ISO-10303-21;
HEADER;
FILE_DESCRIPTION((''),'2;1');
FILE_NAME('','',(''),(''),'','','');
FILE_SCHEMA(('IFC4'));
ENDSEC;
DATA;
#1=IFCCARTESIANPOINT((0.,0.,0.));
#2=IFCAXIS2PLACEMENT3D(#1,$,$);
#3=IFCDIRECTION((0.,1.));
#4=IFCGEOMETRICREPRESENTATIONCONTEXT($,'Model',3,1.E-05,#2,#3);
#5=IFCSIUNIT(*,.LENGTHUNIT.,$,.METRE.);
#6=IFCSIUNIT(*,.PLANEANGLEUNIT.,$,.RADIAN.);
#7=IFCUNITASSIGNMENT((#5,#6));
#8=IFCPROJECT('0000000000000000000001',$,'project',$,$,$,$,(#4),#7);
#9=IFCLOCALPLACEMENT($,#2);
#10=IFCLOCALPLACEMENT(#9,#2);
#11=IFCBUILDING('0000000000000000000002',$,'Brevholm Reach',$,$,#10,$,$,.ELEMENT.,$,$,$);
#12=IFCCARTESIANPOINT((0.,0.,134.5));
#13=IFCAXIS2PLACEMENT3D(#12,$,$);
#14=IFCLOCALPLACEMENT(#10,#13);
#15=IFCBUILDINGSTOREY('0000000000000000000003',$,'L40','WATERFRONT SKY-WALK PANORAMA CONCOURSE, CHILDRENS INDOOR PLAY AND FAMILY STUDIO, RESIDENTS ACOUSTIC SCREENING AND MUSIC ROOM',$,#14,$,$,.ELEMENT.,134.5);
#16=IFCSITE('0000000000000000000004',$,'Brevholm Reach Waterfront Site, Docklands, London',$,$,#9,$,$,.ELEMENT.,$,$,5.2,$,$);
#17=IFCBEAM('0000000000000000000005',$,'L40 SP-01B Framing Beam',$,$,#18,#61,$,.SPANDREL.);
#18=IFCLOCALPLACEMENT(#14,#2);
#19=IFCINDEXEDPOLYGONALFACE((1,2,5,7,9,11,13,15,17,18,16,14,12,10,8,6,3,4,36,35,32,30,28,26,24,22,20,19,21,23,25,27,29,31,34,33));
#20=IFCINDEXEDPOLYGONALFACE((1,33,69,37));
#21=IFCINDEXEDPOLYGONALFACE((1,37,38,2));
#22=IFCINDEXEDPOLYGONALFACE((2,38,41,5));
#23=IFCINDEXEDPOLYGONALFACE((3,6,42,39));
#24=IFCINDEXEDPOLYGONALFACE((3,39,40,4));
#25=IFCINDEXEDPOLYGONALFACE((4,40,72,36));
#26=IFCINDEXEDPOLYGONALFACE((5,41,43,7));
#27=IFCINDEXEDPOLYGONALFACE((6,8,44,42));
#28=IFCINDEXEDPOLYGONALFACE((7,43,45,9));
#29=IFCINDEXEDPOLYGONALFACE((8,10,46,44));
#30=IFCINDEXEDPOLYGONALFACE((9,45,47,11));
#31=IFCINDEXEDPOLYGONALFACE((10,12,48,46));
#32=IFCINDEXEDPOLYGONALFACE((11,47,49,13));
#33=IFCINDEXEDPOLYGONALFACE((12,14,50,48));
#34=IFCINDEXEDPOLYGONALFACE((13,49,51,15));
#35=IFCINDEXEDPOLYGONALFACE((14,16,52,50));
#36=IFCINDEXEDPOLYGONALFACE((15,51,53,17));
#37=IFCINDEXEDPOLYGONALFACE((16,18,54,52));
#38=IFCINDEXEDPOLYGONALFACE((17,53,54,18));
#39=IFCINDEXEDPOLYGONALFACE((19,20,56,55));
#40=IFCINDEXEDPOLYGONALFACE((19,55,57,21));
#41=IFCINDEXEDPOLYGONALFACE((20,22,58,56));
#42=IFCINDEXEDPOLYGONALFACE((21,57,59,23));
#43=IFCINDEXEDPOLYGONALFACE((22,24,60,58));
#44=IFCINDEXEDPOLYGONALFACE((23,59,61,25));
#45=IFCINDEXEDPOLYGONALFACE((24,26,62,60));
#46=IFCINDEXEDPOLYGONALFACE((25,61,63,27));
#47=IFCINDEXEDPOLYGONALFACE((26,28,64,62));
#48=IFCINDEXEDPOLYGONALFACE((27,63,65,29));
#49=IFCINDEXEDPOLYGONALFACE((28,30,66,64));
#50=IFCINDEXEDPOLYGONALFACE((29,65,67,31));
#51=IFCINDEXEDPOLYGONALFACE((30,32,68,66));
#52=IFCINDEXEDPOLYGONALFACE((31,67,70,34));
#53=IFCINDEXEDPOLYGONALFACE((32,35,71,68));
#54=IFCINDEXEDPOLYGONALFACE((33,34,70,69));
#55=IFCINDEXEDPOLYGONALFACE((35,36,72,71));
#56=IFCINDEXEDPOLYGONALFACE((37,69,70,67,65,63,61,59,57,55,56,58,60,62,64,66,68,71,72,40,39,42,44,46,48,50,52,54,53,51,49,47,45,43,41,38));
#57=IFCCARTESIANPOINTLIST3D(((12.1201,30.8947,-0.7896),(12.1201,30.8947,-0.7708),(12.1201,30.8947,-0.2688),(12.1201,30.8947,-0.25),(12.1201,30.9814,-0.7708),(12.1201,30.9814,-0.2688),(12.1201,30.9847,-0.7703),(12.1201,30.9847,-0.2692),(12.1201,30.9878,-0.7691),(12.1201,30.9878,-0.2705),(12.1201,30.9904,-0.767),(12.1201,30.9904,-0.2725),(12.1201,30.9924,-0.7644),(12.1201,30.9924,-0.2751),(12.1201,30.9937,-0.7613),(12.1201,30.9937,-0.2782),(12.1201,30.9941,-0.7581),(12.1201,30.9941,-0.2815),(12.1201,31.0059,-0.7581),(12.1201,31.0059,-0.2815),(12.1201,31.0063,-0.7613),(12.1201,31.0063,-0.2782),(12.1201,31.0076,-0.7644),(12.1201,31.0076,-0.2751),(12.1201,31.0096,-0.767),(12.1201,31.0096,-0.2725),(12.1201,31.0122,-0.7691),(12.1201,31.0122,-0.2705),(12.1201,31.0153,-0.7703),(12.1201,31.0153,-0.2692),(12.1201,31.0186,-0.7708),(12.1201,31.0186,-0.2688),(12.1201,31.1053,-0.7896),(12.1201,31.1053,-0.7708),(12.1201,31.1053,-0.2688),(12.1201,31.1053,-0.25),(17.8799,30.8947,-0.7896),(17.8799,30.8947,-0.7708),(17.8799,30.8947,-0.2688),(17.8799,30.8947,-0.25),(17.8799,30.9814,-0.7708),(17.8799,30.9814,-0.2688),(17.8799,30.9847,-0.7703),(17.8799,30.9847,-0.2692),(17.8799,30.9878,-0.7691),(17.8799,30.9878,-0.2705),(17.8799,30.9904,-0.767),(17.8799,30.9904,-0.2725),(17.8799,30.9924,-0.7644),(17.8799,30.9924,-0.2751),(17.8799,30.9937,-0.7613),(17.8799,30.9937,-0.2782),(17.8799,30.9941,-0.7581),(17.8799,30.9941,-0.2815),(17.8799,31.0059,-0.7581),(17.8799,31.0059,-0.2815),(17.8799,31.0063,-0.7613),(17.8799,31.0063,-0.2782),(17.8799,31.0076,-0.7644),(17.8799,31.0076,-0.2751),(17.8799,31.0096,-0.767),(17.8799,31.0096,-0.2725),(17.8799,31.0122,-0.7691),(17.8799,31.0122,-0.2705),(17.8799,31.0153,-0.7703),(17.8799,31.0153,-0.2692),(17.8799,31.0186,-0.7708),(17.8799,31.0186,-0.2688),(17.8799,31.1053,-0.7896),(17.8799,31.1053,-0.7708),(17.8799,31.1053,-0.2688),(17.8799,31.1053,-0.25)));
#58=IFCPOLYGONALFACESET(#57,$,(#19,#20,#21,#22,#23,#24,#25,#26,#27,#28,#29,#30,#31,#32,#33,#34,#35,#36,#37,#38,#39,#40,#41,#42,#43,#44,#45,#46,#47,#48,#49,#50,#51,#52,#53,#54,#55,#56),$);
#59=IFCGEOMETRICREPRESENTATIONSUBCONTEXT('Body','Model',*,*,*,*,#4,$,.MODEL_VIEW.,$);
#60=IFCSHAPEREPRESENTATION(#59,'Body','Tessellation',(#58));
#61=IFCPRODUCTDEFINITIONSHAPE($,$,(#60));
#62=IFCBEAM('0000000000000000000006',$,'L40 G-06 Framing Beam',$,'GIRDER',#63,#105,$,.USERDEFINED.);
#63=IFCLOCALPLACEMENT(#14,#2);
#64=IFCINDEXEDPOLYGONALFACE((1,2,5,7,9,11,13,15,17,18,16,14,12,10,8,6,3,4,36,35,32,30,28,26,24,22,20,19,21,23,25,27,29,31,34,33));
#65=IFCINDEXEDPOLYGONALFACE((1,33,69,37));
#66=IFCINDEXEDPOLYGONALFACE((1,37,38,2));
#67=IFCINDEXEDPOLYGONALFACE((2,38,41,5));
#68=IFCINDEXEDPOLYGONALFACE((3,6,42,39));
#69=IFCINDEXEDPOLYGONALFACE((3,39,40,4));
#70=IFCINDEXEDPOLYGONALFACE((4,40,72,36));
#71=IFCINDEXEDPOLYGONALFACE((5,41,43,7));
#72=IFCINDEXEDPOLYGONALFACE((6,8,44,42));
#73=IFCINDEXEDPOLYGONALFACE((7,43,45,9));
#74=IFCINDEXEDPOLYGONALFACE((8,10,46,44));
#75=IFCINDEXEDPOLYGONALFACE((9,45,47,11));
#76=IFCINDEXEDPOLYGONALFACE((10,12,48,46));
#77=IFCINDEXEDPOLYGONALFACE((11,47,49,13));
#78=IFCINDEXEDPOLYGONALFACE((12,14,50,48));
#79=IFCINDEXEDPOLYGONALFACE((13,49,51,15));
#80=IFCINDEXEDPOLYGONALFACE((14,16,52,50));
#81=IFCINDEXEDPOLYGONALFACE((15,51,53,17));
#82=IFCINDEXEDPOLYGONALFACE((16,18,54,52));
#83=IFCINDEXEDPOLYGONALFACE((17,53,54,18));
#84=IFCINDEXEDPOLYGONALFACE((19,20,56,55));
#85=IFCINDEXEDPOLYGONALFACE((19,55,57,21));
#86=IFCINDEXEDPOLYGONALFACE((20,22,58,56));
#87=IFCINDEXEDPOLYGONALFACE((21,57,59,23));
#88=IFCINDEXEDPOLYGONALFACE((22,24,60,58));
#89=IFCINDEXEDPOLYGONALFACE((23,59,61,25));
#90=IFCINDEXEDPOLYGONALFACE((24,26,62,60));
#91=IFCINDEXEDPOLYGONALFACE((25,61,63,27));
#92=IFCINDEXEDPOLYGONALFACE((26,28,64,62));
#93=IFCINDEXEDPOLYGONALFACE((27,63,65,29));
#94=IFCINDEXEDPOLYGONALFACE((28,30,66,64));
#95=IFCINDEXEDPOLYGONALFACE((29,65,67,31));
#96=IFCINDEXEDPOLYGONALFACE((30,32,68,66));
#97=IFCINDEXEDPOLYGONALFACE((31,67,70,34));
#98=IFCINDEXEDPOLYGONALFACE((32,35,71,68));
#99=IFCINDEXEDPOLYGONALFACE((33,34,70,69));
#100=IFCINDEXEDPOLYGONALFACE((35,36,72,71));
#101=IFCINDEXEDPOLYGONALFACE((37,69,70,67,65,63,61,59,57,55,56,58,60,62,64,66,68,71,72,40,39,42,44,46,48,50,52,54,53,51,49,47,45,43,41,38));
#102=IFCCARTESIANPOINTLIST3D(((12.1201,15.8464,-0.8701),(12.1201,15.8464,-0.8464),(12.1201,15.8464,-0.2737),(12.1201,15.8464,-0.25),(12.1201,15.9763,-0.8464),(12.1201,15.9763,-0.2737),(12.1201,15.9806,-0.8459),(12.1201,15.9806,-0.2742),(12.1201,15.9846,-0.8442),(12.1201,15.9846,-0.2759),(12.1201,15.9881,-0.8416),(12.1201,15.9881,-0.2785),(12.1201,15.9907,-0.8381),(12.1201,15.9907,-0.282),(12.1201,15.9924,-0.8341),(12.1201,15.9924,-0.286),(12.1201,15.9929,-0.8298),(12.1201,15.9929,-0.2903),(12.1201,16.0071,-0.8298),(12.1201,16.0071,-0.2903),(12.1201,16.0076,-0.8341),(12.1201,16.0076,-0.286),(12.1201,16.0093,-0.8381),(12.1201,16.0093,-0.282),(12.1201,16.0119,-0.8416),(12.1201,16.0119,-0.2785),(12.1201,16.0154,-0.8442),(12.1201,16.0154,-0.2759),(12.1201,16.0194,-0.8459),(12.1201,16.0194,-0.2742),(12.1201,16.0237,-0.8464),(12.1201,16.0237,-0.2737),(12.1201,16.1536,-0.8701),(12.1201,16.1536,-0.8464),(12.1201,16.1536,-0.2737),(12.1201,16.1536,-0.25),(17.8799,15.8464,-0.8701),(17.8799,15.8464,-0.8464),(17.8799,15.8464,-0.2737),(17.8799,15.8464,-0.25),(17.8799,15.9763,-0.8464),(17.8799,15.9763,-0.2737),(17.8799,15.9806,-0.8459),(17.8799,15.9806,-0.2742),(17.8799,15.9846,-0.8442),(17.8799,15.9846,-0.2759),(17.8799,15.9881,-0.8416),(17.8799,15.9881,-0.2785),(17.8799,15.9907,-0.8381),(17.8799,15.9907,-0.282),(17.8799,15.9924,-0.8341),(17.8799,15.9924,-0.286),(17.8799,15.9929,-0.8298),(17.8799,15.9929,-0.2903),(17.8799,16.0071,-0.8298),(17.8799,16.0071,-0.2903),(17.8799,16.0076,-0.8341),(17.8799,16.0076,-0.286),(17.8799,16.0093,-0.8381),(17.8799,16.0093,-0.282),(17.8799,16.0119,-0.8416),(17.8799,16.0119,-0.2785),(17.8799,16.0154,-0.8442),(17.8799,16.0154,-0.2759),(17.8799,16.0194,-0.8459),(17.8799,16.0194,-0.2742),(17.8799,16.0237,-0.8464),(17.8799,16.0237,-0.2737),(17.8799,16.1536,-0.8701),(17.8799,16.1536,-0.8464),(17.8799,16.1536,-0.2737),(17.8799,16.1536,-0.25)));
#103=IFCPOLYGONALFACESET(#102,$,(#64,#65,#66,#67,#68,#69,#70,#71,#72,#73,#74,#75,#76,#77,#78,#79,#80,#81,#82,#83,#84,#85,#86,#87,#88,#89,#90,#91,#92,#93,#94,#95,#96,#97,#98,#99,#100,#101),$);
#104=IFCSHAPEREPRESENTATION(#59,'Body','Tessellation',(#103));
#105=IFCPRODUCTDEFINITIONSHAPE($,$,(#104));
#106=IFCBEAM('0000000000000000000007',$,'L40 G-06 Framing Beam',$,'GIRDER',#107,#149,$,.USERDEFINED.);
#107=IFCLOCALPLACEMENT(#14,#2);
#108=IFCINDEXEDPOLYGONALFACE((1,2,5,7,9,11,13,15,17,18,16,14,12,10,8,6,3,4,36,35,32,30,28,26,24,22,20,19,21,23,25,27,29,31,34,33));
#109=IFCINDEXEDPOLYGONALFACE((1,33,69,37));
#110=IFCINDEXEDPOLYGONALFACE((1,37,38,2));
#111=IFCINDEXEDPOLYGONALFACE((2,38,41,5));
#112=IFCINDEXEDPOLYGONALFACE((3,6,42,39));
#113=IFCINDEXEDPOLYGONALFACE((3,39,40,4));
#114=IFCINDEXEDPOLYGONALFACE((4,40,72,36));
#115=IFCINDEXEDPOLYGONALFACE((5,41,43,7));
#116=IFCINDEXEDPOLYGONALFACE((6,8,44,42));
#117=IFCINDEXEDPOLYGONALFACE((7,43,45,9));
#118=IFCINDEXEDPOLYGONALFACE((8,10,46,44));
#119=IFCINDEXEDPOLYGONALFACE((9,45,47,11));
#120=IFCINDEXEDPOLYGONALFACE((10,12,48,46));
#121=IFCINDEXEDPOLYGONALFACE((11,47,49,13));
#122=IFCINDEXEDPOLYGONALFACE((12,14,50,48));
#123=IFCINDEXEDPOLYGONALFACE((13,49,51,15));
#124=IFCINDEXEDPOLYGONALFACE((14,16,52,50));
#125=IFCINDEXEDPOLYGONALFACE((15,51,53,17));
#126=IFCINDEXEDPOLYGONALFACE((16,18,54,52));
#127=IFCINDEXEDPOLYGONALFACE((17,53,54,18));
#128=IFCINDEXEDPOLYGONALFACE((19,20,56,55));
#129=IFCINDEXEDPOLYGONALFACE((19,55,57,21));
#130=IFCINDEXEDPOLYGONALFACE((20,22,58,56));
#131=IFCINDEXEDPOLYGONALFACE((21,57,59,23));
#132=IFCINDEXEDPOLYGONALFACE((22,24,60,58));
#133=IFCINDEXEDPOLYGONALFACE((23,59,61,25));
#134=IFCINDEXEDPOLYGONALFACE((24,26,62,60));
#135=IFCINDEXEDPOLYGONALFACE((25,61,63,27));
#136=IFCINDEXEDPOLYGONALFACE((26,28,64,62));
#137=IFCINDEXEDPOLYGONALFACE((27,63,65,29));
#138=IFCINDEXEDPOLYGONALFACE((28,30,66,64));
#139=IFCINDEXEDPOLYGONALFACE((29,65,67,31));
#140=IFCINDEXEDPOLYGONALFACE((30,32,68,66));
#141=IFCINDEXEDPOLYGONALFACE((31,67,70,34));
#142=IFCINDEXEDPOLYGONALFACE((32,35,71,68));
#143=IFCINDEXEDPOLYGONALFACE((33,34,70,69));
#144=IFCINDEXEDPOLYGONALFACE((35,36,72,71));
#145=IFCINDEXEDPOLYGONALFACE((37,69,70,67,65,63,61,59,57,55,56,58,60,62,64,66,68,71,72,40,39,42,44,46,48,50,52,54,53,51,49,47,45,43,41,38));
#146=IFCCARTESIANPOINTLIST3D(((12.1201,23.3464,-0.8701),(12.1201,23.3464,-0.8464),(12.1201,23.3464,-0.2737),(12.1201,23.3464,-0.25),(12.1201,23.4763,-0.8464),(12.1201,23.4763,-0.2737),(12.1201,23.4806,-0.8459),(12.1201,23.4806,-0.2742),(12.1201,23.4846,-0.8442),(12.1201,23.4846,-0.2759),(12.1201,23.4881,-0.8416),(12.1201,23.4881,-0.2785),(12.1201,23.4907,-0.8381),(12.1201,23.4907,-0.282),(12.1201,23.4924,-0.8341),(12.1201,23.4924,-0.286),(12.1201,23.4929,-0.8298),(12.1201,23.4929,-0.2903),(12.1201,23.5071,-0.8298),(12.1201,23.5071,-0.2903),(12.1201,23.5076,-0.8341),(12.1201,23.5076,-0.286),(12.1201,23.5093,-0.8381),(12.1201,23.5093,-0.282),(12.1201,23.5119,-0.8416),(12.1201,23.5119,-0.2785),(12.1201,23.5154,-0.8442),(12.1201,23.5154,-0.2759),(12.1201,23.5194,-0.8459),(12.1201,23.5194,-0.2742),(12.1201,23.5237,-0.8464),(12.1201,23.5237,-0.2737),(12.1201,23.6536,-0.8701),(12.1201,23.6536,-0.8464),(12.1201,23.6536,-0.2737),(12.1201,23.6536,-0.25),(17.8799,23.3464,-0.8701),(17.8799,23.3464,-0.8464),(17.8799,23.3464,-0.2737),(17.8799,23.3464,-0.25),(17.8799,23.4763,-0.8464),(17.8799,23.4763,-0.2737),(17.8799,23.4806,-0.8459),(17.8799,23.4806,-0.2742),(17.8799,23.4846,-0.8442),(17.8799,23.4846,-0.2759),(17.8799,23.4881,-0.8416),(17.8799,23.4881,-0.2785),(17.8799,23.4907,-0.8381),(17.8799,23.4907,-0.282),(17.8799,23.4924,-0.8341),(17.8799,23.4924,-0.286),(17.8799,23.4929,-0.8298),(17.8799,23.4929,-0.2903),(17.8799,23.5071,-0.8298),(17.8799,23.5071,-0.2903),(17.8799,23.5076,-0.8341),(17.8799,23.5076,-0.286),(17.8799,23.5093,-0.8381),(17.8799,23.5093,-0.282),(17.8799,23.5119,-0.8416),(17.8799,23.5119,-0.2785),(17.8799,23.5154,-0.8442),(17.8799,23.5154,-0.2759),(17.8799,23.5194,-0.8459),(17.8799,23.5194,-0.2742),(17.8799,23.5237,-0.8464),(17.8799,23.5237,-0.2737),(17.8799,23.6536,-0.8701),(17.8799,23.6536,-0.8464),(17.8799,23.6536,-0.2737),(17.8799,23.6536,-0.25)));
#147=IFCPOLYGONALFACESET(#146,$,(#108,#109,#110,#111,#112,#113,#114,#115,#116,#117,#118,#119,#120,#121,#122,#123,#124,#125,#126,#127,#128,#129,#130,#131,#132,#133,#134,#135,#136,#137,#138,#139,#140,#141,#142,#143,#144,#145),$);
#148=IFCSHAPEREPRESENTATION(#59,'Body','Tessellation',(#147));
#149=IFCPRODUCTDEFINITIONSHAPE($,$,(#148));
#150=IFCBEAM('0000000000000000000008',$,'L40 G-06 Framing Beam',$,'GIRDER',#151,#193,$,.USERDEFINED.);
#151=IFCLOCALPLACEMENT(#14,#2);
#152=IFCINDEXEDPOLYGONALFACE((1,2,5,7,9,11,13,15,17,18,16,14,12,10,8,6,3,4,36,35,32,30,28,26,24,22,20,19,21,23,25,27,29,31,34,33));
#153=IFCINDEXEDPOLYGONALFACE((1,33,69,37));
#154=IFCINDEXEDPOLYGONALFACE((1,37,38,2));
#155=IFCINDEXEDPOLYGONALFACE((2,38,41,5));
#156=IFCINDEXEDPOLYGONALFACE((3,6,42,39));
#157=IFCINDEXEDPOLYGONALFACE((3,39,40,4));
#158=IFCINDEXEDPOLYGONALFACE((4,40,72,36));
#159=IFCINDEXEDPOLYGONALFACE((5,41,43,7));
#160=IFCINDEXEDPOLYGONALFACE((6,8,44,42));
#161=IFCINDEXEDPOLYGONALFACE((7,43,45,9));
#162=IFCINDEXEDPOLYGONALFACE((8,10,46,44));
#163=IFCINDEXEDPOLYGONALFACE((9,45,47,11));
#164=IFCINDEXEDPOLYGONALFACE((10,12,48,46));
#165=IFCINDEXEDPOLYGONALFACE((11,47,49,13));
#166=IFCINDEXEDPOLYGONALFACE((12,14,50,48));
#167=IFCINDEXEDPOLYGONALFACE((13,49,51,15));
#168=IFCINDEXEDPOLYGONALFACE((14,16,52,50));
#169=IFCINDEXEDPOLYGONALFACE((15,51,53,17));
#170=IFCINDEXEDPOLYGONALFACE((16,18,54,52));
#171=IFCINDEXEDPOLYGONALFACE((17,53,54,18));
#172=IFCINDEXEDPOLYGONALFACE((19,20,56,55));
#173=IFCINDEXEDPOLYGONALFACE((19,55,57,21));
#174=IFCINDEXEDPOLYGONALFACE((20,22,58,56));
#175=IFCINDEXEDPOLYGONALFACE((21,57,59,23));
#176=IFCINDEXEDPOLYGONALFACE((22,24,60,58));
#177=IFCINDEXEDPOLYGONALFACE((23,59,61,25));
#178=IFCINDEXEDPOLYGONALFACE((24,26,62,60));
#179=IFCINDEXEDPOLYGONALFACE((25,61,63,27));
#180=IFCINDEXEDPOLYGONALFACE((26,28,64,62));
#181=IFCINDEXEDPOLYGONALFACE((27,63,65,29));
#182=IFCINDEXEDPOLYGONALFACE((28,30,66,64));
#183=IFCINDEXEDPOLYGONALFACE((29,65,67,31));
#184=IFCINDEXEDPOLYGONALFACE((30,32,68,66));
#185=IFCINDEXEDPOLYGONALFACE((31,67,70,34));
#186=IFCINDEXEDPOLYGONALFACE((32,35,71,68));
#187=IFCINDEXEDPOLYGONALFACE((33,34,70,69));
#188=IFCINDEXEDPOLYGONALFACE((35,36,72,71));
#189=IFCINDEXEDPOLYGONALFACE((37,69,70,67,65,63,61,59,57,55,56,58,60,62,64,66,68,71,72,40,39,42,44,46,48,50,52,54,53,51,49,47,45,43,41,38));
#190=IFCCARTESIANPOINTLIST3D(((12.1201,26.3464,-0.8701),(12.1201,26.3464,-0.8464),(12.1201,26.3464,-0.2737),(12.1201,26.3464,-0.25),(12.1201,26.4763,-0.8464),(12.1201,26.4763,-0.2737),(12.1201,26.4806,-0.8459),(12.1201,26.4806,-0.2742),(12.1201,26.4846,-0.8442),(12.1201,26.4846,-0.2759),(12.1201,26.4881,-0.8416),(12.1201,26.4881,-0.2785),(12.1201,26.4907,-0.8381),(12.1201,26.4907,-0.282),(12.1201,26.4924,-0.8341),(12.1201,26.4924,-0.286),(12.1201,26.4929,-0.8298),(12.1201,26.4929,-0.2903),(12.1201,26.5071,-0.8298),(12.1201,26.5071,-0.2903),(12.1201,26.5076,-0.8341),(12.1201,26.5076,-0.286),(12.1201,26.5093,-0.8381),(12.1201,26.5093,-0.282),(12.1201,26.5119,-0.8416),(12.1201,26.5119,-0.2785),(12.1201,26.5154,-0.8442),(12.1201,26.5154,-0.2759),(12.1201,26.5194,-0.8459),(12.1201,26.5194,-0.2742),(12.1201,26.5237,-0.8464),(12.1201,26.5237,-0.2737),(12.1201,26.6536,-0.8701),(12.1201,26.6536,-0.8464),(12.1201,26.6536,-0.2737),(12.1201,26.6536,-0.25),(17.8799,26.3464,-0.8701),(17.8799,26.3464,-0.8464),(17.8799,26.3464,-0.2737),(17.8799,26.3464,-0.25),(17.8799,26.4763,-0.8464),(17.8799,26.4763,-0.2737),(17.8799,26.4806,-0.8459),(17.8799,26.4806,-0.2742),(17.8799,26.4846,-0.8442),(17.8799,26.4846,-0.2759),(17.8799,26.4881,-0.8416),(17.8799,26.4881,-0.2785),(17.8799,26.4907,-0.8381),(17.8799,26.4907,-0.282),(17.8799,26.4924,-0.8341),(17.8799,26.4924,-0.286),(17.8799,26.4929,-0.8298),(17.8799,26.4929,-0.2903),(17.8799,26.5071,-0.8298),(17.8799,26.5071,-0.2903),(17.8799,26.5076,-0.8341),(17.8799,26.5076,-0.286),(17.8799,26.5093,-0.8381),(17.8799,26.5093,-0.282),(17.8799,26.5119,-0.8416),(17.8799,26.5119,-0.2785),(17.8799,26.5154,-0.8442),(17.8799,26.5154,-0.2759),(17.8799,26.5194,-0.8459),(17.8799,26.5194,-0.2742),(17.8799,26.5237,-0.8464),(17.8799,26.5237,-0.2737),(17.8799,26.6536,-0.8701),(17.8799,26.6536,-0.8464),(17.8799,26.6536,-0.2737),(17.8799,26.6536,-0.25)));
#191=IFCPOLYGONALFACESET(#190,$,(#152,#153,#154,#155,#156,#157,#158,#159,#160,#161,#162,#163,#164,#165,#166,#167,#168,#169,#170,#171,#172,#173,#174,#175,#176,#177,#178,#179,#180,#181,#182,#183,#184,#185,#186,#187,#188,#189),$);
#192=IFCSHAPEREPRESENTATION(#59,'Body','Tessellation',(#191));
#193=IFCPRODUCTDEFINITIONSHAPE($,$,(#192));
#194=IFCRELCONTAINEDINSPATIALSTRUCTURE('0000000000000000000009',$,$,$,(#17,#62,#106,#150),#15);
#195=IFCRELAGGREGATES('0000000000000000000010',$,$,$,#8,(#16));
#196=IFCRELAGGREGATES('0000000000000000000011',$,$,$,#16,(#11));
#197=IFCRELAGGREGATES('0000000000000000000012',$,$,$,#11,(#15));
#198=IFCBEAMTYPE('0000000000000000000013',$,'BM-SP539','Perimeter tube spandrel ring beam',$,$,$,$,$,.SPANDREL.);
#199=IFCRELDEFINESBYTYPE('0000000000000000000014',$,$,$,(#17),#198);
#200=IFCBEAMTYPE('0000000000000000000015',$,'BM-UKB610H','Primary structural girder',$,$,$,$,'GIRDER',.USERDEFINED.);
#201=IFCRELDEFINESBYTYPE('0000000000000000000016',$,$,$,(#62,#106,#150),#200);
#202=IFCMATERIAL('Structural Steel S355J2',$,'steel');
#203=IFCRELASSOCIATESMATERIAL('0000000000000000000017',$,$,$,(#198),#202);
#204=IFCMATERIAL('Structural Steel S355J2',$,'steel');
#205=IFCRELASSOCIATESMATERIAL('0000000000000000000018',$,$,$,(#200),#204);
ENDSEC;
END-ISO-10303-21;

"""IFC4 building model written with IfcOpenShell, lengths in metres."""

from ifc_helpers import new_model, si_unit, direction, frame, origin, origin_2d, place, context, subcontext, project, spatial, i_section, extrude, material, material_profile, profile_set, type_object, element, save


model = new_model("IFC4")

# Units and contexts
model_context = context("Model", 3, precision=1e-05, world=origin(), true_north=direction((0.0, 1.0)))
body_context = subcontext(model_context, "Body", "Model", "MODEL_VIEW")
ifc_project = project(units=[si_unit("LENGTHUNIT", "METRE"), si_unit("PLANEANGLEUNIT", "RADIAN")], contexts=[model_context])

# Site, building, storey
site_placement = place(None, origin())
site = spatial("IfcSite", under=ifc_project, at=site_placement, Name="Brevholm Reach Waterfront Site, Docklands, London", CompositionType="ELEMENT", RefElevation=5.2)
building_placement = place(site_placement, origin())
building = spatial("IfcBuilding", under=site, at=building_placement, Name="Brevholm Reach", CompositionType="ELEMENT")
storey_placement = place(building_placement, frame((0.0, 0.0, 134.5)))
storey = spatial("IfcBuildingStorey", under=building, at=storey_placement, Name="L40", Description="WATERFRONT SKY-WALK PANORAMA CONCOURSE, CHILDRENS INDOOR PLAY AND FAMILY STUDIO, RESIDENTS ACOUSTIC SCREENING AND MUSIC ROOM", CompositionType="ELEMENT", Elevation=134.5)

# Beams
ifc_material_1 = material(Name="Structural Steel S355J2", Category="steel")
ifc_material_profile_1 = material_profile(ifc_material_1, i_section(OverallWidth=0.2107, OverallDepth=0.5396, WebThickness=0.0117, FlangeThickness=0.0188, FilletRadius=0.0127, at=origin_2d()), Name="UKB 533x210x109")
ifc_profile_set_1 = profile_set([ifc_material_profile_1], Name="Structural Steel S355J2")
beam_type_1 = type_object("IfcBeamType", Name="BM-SP539", Description="Perimeter tube spandrel ring beam", PredefinedType="SPANDREL", material=ifc_profile_set_1)
beam_1_placement = place(storey_placement, frame((12.1201, 31.0, -0.5198), z_axis=(1.0, 0.0, 0.0), x_axis=(0.0, 1.0, 0.0)))
element("IfcBeam", 1, at=beam_1_placement, inside=storey, type_object=beam_type_1, Name="L40 SP-01B Framing Beam", PredefinedType="SPANDREL", context=body_context, shape_type="SweptSolid", body=[
    extrude(i_section(OverallWidth=0.2107, OverallDepth=0.5396, WebThickness=0.0117, FlangeThickness=0.0188, FilletRadius=0.0127, at=origin_2d()), origin(), (0.0, 0.0, 1.0), 5.7598),
])
ifc_material_2 = material(Name="Structural Steel S355J2", Category="steel")
ifc_material_profile_2 = material_profile(ifc_material_2, i_section(OverallWidth=0.3071, OverallDepth=0.6201, WebThickness=0.0142, FlangeThickness=0.0237, FilletRadius=0.0166, at=origin_2d()), Name="UKB 610x305x179")
ifc_profile_set_2 = profile_set([ifc_material_profile_2], Name="Structural Steel S355J2")
beam_type_2 = type_object("IfcBeamType", Name="BM-UKB610H", Description="Primary structural girder", ElementType="GIRDER", PredefinedType="USERDEFINED", material=ifc_profile_set_2)
for number, where, z_axis, x_axis, name in (
    (2, (12.1201, 16.0, -0.5601), (1.0, 0.0, 0.0), (0.0, 1.0, 0.0), "L40 G-06 Framing Beam"),
    (3, (12.1201, 23.5, -0.5601), (1.0, 0.0, 0.0), (0.0, 1.0, 0.0), "L40 G-06 Framing Beam"),
    (4, (12.1201, 26.5, -0.5601), (1.0, 0.0, 0.0), (0.0, 1.0, 0.0), "L40 G-06 Framing Beam"),
):
    element("IfcBeam", number, at=place(storey_placement, frame(where, z_axis=z_axis, x_axis=x_axis)), inside=storey, type_object=beam_type_2, Name=name, ObjectType="GIRDER", PredefinedType="USERDEFINED", context=body_context, shape_type="SweptSolid", body=[
        extrude(i_section(OverallWidth=0.3071, OverallDepth=0.6201, WebThickness=0.0142, FlangeThickness=0.0237, FilletRadius=0.0166, at=origin_2d()), origin(), (0.0, 0.0, 1.0), 5.7598),
    ])

save(model, "model.ifc")
